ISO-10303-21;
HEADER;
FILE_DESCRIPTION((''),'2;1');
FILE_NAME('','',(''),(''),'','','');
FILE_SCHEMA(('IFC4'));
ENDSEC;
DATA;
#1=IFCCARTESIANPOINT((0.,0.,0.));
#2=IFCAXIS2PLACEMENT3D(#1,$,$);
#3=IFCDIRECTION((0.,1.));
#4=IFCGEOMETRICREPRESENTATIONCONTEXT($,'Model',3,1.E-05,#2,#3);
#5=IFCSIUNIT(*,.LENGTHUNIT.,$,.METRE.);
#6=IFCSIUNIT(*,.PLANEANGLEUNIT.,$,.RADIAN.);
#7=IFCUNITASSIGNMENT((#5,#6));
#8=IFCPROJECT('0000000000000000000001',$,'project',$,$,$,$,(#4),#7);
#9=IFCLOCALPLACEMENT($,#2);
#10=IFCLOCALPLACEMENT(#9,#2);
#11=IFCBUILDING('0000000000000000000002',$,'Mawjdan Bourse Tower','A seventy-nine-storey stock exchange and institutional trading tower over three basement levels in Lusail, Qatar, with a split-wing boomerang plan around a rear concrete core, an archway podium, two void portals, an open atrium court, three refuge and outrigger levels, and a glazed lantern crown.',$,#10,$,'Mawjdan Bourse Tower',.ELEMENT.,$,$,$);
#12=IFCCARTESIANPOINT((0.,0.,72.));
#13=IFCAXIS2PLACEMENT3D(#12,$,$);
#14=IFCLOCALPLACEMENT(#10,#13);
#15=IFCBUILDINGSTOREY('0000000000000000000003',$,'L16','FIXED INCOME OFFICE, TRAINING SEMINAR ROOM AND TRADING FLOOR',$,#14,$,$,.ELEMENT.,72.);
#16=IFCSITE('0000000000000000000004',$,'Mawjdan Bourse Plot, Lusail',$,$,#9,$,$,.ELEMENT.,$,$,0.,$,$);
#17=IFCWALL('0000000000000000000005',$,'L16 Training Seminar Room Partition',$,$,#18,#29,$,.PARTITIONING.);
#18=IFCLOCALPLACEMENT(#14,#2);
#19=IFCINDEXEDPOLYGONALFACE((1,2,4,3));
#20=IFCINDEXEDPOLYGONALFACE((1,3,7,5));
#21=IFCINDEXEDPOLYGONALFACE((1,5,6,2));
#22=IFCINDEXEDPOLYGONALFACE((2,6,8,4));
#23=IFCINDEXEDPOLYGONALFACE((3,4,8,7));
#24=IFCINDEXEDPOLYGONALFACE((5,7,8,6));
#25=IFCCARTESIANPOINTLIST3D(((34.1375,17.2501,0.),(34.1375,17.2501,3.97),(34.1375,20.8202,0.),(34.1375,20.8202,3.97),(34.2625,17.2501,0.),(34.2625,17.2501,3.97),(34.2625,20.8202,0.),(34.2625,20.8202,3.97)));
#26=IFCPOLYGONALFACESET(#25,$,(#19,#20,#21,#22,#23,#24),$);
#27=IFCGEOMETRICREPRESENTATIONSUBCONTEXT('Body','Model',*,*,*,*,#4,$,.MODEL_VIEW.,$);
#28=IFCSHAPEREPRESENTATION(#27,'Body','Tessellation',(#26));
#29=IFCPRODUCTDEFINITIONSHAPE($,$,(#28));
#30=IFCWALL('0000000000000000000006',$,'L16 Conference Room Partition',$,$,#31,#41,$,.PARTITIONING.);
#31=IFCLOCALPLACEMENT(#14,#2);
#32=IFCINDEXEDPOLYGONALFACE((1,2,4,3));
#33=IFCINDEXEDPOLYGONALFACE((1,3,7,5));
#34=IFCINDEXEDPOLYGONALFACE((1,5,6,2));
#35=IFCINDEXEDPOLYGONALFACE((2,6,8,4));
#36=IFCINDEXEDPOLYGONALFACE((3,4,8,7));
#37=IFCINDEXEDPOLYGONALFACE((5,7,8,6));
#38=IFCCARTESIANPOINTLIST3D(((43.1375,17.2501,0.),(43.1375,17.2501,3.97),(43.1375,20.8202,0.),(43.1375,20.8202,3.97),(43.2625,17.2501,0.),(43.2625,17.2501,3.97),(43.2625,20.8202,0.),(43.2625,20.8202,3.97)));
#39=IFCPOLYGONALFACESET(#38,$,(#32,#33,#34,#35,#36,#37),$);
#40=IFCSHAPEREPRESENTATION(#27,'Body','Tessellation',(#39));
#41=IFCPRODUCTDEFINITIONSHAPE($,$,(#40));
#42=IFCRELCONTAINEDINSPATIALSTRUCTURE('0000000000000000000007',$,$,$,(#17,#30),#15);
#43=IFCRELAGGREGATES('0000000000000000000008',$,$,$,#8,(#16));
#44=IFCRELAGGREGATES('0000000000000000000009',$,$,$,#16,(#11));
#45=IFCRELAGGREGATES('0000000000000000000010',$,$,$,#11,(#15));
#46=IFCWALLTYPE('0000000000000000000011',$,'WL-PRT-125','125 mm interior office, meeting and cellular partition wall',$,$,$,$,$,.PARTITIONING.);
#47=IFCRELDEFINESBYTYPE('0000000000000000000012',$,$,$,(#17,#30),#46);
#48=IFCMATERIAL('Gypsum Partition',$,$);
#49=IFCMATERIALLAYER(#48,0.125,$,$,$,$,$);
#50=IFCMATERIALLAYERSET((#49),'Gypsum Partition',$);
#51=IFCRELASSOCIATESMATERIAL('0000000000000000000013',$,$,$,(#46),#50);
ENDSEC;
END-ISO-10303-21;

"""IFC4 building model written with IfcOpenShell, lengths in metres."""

from ifc_helpers import new_model, si_unit, direction, frame, frame_2d, origin, place, context, subcontext, project, spatial, rectangle, extrude, material, layer, layer_set, type_object, element, save


model = new_model("IFC4")

# Units and contexts
model_context = context("Model", 3, precision=1e-05, world=origin(), true_north=direction((0.0, 1.0)))
body_context = subcontext(model_context, "Body", "Model", "MODEL_VIEW")
ifc_project = project(units=[si_unit("LENGTHUNIT", "METRE"), si_unit("PLANEANGLEUNIT", "RADIAN")], contexts=[model_context])

# Site, building, storey
site_placement = place(None, origin())
site = spatial("IfcSite", under=ifc_project, at=site_placement, Name="Mawjdan Bourse Plot, Lusail", CompositionType="ELEMENT", RefElevation=0.0)
building_placement = place(site_placement, origin())
building = spatial("IfcBuilding", under=site, at=building_placement, Name="Mawjdan Bourse Tower", Description="A seventy-nine-storey stock exchange and institutional trading tower over three basement levels in Lusail, Qatar, with a split-wing boomerang plan around a rear concrete core, an archway podium, two void portals, an open atrium court, three refuge and outrigger levels, and a glazed lantern crown.", LongName="Mawjdan Bourse Tower", CompositionType="ELEMENT")
storey_placement = place(building_placement, frame((0.0, 0.0, 72.0)))
storey = spatial("IfcBuildingStorey", under=building, at=storey_placement, Name="L16", Description="FIXED INCOME OFFICE, TRAINING SEMINAR ROOM AND TRADING FLOOR", CompositionType="ELEMENT", Elevation=72.0)

# Walls
ifc_material_1 = material(Name="Gypsum Partition")
ifc_layer_1 = layer(ifc_material_1, 0.125)
ifc_layer_set_1 = layer_set([ifc_layer_1], Name="Gypsum Partition")
wall_type_1 = type_object("IfcWallType", Name="WL-PRT-125", Description="125 mm interior office, meeting and cellular partition wall", PredefinedType="PARTITIONING", material=ifc_layer_set_1)
for number, where, z_axis, x_axis, name in (
    (1, (34.2, 17.25, 0.0), (0.0, 0.0, 1.0), (0.0, 1.0, 0.0), "L16 Training Seminar Room Partition"),
    (2, (43.2, 17.25, 0.0), (0.0, 0.0, 1.0), (0.0, 1.0, 0.0), "L16 Conference Room Partition"),
):
    element("IfcWall", number, at=place(storey_placement, frame(where, z_axis=z_axis, x_axis=x_axis)), inside=storey, type_object=wall_type_1, Name=name, PredefinedType="PARTITIONING", context=body_context, shape_type="SweptSolid", body=[
        extrude(rectangle(XDim=3.5701, YDim=0.125, at=frame_2d((1.7852, 0.0))), origin(), (0.0, 0.0, 1.0), 3.97),
    ])

save(model, "model.ifc")
